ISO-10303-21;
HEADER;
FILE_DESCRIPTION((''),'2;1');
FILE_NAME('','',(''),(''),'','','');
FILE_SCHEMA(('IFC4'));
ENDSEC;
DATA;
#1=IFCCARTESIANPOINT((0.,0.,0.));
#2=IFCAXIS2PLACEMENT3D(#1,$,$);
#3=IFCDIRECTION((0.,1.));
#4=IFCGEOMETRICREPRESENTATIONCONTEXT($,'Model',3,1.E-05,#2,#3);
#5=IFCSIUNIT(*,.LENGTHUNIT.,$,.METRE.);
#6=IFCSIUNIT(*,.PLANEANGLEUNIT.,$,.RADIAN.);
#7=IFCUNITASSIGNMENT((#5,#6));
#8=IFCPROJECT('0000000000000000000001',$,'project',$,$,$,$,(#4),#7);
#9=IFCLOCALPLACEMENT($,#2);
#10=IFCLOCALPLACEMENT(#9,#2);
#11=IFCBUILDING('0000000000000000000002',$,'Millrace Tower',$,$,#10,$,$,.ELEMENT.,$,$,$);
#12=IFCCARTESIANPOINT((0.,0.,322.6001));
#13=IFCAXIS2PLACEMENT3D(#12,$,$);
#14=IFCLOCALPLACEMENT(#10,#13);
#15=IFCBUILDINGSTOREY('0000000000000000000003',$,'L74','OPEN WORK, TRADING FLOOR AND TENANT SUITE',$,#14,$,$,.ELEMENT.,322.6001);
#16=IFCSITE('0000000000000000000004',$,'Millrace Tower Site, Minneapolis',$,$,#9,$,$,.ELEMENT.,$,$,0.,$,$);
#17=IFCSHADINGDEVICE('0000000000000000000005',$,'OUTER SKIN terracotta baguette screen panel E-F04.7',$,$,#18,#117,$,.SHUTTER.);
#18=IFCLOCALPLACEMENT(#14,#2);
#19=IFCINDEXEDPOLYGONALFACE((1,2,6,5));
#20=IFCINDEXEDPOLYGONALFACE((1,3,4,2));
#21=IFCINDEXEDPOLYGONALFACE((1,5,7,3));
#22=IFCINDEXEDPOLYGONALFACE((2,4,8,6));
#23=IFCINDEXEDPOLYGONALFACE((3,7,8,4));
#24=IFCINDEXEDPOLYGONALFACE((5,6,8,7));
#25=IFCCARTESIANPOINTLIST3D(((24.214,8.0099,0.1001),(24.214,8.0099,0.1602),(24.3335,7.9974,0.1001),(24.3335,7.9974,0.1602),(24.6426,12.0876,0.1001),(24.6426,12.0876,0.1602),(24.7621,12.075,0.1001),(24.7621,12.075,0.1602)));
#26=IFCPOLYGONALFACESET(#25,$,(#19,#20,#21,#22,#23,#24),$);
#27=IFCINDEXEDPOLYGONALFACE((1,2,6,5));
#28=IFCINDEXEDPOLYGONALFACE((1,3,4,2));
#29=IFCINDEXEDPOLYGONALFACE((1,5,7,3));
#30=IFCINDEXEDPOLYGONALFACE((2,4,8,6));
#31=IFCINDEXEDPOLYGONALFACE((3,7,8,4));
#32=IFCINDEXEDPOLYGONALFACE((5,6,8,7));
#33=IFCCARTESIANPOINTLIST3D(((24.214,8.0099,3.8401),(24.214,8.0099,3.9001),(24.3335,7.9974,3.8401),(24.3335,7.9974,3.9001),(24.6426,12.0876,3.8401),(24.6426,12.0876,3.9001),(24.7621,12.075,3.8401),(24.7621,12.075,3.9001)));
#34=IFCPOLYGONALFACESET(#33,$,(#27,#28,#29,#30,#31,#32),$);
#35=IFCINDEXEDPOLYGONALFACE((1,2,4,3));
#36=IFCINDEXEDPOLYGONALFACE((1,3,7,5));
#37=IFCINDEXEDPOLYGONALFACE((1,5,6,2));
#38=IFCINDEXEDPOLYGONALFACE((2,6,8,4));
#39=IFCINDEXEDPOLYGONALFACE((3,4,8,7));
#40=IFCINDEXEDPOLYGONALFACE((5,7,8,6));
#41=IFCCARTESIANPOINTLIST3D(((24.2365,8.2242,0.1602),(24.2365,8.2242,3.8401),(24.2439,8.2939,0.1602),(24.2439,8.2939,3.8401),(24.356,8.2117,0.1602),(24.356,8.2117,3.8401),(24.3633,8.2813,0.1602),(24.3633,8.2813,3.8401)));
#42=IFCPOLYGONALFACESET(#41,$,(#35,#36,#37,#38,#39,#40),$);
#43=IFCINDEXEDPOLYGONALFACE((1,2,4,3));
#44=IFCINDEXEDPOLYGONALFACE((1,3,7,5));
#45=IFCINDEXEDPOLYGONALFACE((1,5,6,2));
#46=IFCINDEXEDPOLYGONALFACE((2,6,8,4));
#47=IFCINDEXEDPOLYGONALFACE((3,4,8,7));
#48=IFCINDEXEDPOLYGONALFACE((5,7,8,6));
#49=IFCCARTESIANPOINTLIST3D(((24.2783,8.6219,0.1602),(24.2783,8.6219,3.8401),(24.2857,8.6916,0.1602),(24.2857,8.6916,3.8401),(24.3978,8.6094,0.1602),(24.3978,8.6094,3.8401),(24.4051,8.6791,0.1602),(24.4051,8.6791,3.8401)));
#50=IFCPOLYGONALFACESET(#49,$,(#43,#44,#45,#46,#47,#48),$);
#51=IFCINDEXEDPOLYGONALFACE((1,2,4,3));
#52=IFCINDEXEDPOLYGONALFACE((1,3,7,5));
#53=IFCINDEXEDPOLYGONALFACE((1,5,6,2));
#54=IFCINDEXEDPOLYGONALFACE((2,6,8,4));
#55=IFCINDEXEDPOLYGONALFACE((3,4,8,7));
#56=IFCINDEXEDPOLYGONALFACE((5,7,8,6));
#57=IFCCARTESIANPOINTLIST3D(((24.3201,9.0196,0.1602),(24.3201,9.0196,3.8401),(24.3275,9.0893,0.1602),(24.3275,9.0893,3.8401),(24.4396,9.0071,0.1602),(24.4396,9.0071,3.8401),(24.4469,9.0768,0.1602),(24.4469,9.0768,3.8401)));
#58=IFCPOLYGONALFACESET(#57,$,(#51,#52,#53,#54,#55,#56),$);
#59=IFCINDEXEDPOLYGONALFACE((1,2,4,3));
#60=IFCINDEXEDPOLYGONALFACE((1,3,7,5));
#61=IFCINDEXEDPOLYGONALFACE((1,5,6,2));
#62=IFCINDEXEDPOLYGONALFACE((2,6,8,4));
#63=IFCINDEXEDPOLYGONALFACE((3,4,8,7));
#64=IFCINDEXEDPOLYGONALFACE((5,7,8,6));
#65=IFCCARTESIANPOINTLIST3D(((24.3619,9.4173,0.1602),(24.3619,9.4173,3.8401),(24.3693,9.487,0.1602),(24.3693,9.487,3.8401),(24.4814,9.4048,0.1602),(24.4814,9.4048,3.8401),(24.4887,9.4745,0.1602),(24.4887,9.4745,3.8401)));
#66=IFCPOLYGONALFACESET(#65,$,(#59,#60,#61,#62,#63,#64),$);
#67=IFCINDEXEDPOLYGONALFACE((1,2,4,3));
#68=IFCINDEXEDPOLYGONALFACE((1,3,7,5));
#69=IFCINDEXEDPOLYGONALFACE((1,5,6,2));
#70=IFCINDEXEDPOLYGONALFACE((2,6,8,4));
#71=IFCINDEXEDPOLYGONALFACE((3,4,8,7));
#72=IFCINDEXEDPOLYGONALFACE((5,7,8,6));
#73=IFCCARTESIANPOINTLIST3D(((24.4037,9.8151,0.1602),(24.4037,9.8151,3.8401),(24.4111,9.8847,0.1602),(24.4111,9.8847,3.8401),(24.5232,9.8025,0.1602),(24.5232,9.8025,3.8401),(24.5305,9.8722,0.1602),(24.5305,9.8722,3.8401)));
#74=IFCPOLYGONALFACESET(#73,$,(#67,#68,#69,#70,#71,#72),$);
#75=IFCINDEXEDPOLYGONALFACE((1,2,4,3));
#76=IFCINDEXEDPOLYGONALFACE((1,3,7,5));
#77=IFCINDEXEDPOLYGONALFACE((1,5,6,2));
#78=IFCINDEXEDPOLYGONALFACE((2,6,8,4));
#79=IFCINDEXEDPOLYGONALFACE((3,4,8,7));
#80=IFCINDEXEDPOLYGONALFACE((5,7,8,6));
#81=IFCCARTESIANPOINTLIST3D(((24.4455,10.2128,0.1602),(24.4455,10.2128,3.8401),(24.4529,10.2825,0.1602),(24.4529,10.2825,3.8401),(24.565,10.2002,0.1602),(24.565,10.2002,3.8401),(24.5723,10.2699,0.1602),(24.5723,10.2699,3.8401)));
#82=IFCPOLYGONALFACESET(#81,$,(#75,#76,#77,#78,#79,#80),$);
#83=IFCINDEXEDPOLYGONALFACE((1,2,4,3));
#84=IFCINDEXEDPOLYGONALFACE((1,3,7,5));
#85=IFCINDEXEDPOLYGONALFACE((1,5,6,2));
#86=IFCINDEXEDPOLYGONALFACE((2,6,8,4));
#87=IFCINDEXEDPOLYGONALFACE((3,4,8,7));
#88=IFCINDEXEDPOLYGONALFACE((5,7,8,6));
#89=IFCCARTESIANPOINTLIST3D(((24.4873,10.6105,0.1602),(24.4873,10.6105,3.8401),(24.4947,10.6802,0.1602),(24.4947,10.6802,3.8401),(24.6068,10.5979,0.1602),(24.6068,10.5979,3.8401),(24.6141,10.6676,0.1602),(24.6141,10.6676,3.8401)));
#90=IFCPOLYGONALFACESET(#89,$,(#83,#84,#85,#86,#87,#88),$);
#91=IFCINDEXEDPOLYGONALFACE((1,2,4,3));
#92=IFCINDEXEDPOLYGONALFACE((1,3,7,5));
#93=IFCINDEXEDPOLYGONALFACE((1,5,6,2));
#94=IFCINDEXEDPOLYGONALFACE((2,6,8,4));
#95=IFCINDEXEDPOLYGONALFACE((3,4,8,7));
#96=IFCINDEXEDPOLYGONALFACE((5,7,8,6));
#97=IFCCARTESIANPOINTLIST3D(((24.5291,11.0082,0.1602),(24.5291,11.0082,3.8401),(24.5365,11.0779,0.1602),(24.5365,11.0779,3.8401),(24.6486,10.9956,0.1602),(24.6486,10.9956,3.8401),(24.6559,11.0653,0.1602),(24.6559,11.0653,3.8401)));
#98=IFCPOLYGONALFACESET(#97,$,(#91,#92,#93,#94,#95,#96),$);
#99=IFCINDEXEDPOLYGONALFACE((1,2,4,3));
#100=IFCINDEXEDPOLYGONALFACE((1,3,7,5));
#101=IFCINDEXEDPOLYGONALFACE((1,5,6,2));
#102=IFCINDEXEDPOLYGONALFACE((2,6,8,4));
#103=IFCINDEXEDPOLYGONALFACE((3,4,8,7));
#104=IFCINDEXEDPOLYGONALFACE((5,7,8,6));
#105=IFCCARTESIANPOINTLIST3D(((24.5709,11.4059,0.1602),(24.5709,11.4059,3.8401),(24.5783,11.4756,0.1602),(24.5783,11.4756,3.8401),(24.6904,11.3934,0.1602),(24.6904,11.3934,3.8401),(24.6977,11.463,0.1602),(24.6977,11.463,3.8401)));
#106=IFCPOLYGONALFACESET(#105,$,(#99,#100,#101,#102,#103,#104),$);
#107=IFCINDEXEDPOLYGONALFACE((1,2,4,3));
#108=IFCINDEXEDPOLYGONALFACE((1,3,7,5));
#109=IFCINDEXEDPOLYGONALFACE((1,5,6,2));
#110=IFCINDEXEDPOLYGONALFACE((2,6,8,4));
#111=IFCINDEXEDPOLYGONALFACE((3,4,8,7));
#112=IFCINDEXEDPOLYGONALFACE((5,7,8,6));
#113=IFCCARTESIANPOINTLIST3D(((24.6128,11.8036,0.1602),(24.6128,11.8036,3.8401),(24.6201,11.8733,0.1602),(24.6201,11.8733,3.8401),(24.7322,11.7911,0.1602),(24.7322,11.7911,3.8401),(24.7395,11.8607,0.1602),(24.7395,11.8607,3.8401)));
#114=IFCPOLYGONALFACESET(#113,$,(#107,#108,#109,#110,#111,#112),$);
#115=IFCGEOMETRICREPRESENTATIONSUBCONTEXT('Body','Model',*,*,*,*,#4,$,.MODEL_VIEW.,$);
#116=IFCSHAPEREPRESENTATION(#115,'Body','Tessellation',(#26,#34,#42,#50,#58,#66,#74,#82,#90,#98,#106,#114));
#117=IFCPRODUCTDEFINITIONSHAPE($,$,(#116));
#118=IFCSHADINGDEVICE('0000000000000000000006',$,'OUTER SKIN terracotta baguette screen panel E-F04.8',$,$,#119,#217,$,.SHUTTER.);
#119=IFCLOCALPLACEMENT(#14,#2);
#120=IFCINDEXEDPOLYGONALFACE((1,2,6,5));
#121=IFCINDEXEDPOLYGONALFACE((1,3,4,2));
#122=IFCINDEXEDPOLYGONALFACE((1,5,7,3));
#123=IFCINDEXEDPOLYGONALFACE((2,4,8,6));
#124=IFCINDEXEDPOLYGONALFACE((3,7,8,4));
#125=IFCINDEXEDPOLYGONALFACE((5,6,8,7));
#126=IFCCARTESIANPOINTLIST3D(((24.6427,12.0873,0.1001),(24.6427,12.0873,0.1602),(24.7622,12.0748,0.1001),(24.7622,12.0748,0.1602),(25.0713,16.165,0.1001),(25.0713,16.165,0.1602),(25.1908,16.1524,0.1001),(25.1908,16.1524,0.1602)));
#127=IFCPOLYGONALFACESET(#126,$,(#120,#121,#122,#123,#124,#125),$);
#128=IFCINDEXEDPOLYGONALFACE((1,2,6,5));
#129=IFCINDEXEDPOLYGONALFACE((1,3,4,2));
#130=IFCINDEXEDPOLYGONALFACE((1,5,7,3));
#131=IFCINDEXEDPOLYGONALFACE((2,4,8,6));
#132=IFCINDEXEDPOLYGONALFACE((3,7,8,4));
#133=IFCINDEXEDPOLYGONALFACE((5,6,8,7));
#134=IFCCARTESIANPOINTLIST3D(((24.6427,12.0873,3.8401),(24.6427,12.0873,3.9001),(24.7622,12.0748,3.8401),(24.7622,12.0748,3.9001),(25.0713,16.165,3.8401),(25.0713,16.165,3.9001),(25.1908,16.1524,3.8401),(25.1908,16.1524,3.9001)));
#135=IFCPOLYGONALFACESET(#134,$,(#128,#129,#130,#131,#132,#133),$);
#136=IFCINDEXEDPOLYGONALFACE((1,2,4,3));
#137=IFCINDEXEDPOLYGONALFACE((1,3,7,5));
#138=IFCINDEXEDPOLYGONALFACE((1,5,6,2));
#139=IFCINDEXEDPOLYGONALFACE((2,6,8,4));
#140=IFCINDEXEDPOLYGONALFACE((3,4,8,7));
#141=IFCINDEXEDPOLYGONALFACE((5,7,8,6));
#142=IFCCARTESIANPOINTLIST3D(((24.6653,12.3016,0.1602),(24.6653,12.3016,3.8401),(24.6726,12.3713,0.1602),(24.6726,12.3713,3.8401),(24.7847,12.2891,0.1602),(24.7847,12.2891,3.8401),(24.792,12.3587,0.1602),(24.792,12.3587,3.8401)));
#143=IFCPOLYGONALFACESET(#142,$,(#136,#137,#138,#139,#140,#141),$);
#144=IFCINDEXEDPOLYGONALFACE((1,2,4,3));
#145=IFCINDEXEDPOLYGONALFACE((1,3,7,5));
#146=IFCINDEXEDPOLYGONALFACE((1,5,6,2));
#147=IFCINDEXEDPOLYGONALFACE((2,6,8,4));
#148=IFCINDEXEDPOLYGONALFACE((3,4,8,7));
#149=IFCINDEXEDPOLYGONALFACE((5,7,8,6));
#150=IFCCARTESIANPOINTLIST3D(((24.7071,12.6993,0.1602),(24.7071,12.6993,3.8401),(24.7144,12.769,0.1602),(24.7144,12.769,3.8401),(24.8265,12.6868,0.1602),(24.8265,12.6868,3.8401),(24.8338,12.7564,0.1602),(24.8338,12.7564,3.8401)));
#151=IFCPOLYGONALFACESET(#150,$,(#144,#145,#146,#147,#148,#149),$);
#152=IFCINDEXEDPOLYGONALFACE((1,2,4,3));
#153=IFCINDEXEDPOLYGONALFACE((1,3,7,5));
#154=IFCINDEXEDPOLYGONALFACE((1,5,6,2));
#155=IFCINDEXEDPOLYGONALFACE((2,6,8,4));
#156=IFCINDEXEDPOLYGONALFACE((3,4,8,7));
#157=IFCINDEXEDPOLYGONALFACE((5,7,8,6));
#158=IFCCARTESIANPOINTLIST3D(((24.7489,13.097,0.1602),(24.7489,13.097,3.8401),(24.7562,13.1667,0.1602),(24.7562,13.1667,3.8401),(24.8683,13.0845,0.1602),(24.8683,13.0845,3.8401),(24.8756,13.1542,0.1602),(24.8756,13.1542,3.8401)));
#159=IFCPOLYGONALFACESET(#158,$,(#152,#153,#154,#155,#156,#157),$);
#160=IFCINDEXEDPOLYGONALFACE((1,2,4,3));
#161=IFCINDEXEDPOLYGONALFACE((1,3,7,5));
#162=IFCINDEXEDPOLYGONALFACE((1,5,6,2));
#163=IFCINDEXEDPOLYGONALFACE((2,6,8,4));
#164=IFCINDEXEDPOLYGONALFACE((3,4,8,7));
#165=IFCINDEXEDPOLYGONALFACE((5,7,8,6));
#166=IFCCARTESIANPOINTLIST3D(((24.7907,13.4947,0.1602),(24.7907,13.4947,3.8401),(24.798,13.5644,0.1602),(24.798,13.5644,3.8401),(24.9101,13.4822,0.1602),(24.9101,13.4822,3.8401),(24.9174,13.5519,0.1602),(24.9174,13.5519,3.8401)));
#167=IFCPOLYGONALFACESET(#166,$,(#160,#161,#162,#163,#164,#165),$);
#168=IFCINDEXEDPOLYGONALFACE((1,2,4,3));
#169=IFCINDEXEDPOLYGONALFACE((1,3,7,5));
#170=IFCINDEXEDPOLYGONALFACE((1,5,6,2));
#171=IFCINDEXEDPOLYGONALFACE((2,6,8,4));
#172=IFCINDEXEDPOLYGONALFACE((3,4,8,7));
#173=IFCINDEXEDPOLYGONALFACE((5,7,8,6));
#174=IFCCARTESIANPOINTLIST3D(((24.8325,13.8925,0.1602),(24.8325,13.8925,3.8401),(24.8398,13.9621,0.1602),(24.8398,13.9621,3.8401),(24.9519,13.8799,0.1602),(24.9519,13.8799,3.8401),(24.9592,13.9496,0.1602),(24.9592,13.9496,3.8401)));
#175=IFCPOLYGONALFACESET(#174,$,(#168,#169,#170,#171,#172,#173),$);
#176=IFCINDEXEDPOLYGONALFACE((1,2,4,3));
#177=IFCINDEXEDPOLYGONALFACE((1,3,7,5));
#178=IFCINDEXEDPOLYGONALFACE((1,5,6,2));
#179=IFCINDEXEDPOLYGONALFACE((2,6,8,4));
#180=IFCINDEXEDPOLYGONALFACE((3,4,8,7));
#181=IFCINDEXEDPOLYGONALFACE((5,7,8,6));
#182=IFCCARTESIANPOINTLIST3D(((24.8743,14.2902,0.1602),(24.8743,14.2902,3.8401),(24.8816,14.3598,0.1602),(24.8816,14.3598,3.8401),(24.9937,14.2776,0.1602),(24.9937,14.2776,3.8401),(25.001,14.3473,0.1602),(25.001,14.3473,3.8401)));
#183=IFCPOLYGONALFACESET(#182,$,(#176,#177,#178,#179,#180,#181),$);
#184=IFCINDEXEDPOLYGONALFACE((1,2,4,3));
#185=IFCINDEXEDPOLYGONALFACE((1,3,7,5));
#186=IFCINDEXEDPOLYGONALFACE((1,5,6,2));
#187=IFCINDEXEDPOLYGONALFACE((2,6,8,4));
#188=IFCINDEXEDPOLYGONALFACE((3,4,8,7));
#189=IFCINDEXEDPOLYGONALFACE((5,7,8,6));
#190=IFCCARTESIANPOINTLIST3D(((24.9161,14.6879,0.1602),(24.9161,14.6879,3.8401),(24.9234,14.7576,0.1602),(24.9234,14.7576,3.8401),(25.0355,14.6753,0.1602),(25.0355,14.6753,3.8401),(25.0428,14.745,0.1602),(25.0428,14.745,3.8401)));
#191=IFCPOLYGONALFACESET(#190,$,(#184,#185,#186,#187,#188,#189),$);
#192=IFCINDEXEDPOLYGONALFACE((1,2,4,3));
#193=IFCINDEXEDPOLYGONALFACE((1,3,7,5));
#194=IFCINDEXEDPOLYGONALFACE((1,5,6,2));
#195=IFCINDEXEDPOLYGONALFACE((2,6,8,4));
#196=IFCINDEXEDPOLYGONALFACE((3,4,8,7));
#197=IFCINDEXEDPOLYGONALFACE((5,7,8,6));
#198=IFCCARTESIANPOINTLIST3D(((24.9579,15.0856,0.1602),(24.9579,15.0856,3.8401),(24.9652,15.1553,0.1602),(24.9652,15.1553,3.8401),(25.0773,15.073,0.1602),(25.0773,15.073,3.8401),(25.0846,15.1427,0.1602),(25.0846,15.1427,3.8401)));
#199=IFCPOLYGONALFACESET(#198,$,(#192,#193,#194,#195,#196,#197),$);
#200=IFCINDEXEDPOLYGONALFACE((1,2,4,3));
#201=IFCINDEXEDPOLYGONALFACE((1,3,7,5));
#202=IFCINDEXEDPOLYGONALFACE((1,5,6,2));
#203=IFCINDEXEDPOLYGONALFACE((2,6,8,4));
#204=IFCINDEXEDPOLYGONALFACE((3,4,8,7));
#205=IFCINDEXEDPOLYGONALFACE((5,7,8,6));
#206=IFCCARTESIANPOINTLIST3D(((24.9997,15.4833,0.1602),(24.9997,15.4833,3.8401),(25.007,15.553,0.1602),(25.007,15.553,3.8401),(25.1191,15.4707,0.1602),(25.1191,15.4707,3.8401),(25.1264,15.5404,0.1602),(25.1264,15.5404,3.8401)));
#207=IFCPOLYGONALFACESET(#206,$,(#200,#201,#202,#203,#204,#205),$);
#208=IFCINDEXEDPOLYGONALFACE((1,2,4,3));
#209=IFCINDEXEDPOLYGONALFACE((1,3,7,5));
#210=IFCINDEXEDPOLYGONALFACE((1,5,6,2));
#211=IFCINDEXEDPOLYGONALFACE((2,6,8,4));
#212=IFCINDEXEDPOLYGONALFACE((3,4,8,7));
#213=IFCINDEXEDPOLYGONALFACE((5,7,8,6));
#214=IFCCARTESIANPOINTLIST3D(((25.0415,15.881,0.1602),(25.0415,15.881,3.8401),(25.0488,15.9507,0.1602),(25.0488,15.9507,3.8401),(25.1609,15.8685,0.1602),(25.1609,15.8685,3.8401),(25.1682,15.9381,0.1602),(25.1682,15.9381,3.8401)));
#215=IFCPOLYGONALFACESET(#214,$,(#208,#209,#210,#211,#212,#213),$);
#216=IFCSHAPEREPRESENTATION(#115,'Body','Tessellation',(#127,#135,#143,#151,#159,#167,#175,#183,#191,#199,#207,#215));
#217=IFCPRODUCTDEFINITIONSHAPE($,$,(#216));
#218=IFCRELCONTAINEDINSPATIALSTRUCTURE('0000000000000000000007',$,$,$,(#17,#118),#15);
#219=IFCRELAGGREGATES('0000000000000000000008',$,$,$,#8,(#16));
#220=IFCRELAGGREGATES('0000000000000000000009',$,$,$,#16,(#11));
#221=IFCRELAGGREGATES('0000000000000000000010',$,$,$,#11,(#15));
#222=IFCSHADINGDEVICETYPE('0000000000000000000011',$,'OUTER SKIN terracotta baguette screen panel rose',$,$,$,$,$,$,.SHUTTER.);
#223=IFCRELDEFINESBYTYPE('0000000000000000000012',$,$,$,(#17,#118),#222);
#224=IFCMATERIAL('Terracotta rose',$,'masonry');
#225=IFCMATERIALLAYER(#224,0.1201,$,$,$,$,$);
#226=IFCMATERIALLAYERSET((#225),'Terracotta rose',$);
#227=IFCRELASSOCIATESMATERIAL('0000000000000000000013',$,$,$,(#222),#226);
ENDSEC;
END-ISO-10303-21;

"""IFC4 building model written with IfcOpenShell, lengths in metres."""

from ifc_helpers import new_model, entity, si_unit, direction, frame, frame_2d, origin, place, context, subcontext, project, spatial, rectangle, extrude, source, transform, mapped, material, layer, layer_set, type_object, element, save


model = new_model("IFC4")

# Units and contexts
model_context = context("Model", 3, precision=1e-05, world=origin(), true_north=direction((0.0, 1.0)))
body_context = subcontext(model_context, "Body", "Model", "MODEL_VIEW")
ifc_project = project(units=[si_unit("LENGTHUNIT", "METRE"), si_unit("PLANEANGLEUNIT", "RADIAN")], contexts=[model_context])

# Site, building, storey
site_placement = place(None, origin())
site = spatial("IfcSite", under=ifc_project, at=site_placement, Name="Millrace Tower Site, Minneapolis", CompositionType="ELEMENT", RefElevation=0.0)
building_placement = place(site_placement, origin())
building = spatial("IfcBuilding", under=site, at=building_placement, Name="Millrace Tower", CompositionType="ELEMENT")
storey_placement = place(building_placement, frame((0.0, 0.0, 322.6001)))
storey = spatial("IfcBuildingStorey", under=building, at=storey_placement, Name="L74", Description="OPEN WORK, TRADING FLOOR AND TENANT SUITE", CompositionType="ELEMENT", Elevation=322.6001)

# Shading devices
ifc_material_1 = material(Name="Terracotta rose", Category="masonry")
ifc_layer_1 = layer(ifc_material_1, 0.1201)
ifc_layer_set_1 = layer_set([ifc_layer_1], Name="Terracotta rose")
shading_device_type = type_object("IfcShadingDeviceType", Name="OUTER SKIN terracotta baguette screen panel rose", PredefinedType="SHUTTER", material=ifc_layer_set_1)
cartesian_point_1 = entity("IfcCartesianPoint", [-2.05, 0.0601])
shared_polyline_1 = entity("IfcPolyline", [cartesian_point_1, entity("IfcCartesianPoint", [2.05, 0.0601]), entity("IfcCartesianPoint", [2.05, -0.0601]), entity("IfcCartesianPoint", [-2.05, -0.0601]), cartesian_point_1])
shared_shape_1 = source(origin(), body_context, "Body", "SweptSolid", [
    entity("IfcExtrudedAreaSolid", entity("IfcArbitraryClosedProfileDef", "AREA", None, shared_polyline_1), entity("IfcAxis2Placement3D", entity("IfcCartesianPoint", [0.0, 0.0, 0.0])), entity("IfcDirection", [0.0, 0.0, 1.0]), 0.0601),
    entity("IfcExtrudedAreaSolid", entity("IfcArbitraryClosedProfileDef", "AREA", None, shared_polyline_1), entity("IfcAxis2Placement3D", entity("IfcCartesianPoint", [0.0, 0.0, 3.74])), entity("IfcDirection", [0.0, 0.0, 1.0]), 0.0601),
    extrude(rectangle(XDim=0.0701, YDim=0.1201, at=frame_2d((-1.7996, 0.0))), frame((0.0, 0.0, 0.0601)), (0.0, 0.0, 1.0), 3.6799),
    extrude(rectangle(XDim=0.0701, YDim=0.1201, at=frame_2d((-1.3997, 0.0))), frame((0.0, 0.0, 0.0601)), (0.0, 0.0, 1.0), 3.6799),
    extrude(rectangle(XDim=0.0701, YDim=0.1201, at=frame_2d((-0.9998, 0.0))), frame((0.0, 0.0, 0.0601)), (0.0, 0.0, 1.0), 3.6799),
    extrude(rectangle(XDim=0.0701, YDim=0.1201, at=frame_2d((-0.5999, 0.0))), frame((0.0, 0.0, 0.0601)), (0.0, 0.0, 1.0), 3.6799),
    extrude(rectangle(XDim=0.0701, YDim=0.1201, at=frame_2d((-0.2, 0.0))), frame((0.0, 0.0, 0.0601)), (0.0, 0.0, 1.0), 3.6799),
    extrude(rectangle(XDim=0.0701, YDim=0.1201, at=frame_2d((0.2, 0.0))), frame((0.0, 0.0, 0.0601)), (0.0, 0.0, 1.0), 3.6799),
    extrude(rectangle(XDim=0.0701, YDim=0.1201, at=frame_2d((0.5999, 0.0))), frame((0.0, 0.0, 0.0601)), (0.0, 0.0, 1.0), 3.6799),
    extrude(rectangle(XDim=0.0701, YDim=0.1201, at=frame_2d((0.9998, 0.0))), frame((0.0, 0.0, 0.0601)), (0.0, 0.0, 1.0), 3.6799),
    extrude(rectangle(XDim=0.0701, YDim=0.1201, at=frame_2d((1.3997, 0.0))), frame((0.0, 0.0, 0.0601)), (0.0, 0.0, 1.0), 3.6799),
    extrude(rectangle(XDim=0.0701, YDim=0.1201, at=frame_2d((1.7996, 0.0))), frame((0.0, 0.0, 0.0601)), (0.0, 0.0, 1.0), 3.6799),
])
for number, where, z_axis, x_axis, name in (
    (1, (24.488, 10.0425, 0.1001), (0.0, 0.0, 1.0), (0.104528, 0.994522, 0.0), "OUTER SKIN terracotta baguette screen panel E-F04.7"),
    (2, (24.9167, 14.1199, 0.1001), (0.0, 0.0, 1.0), (0.104528, 0.994522, 0.0), "OUTER SKIN terracotta baguette screen panel E-F04.8"),
):
    element("IfcShadingDevice", number, at=place(storey_placement, frame(where, z_axis=z_axis, x_axis=x_axis)), inside=storey, type_object=shading_device_type, Name=name, PredefinedType="SHUTTER", context=body_context, shape_type="MappedRepresentation", body=[
        mapped(shared_shape_1, transform((0.0, 0.0, 0.0), scale=1.0)),
    ])

save(model, "model.ifc")
